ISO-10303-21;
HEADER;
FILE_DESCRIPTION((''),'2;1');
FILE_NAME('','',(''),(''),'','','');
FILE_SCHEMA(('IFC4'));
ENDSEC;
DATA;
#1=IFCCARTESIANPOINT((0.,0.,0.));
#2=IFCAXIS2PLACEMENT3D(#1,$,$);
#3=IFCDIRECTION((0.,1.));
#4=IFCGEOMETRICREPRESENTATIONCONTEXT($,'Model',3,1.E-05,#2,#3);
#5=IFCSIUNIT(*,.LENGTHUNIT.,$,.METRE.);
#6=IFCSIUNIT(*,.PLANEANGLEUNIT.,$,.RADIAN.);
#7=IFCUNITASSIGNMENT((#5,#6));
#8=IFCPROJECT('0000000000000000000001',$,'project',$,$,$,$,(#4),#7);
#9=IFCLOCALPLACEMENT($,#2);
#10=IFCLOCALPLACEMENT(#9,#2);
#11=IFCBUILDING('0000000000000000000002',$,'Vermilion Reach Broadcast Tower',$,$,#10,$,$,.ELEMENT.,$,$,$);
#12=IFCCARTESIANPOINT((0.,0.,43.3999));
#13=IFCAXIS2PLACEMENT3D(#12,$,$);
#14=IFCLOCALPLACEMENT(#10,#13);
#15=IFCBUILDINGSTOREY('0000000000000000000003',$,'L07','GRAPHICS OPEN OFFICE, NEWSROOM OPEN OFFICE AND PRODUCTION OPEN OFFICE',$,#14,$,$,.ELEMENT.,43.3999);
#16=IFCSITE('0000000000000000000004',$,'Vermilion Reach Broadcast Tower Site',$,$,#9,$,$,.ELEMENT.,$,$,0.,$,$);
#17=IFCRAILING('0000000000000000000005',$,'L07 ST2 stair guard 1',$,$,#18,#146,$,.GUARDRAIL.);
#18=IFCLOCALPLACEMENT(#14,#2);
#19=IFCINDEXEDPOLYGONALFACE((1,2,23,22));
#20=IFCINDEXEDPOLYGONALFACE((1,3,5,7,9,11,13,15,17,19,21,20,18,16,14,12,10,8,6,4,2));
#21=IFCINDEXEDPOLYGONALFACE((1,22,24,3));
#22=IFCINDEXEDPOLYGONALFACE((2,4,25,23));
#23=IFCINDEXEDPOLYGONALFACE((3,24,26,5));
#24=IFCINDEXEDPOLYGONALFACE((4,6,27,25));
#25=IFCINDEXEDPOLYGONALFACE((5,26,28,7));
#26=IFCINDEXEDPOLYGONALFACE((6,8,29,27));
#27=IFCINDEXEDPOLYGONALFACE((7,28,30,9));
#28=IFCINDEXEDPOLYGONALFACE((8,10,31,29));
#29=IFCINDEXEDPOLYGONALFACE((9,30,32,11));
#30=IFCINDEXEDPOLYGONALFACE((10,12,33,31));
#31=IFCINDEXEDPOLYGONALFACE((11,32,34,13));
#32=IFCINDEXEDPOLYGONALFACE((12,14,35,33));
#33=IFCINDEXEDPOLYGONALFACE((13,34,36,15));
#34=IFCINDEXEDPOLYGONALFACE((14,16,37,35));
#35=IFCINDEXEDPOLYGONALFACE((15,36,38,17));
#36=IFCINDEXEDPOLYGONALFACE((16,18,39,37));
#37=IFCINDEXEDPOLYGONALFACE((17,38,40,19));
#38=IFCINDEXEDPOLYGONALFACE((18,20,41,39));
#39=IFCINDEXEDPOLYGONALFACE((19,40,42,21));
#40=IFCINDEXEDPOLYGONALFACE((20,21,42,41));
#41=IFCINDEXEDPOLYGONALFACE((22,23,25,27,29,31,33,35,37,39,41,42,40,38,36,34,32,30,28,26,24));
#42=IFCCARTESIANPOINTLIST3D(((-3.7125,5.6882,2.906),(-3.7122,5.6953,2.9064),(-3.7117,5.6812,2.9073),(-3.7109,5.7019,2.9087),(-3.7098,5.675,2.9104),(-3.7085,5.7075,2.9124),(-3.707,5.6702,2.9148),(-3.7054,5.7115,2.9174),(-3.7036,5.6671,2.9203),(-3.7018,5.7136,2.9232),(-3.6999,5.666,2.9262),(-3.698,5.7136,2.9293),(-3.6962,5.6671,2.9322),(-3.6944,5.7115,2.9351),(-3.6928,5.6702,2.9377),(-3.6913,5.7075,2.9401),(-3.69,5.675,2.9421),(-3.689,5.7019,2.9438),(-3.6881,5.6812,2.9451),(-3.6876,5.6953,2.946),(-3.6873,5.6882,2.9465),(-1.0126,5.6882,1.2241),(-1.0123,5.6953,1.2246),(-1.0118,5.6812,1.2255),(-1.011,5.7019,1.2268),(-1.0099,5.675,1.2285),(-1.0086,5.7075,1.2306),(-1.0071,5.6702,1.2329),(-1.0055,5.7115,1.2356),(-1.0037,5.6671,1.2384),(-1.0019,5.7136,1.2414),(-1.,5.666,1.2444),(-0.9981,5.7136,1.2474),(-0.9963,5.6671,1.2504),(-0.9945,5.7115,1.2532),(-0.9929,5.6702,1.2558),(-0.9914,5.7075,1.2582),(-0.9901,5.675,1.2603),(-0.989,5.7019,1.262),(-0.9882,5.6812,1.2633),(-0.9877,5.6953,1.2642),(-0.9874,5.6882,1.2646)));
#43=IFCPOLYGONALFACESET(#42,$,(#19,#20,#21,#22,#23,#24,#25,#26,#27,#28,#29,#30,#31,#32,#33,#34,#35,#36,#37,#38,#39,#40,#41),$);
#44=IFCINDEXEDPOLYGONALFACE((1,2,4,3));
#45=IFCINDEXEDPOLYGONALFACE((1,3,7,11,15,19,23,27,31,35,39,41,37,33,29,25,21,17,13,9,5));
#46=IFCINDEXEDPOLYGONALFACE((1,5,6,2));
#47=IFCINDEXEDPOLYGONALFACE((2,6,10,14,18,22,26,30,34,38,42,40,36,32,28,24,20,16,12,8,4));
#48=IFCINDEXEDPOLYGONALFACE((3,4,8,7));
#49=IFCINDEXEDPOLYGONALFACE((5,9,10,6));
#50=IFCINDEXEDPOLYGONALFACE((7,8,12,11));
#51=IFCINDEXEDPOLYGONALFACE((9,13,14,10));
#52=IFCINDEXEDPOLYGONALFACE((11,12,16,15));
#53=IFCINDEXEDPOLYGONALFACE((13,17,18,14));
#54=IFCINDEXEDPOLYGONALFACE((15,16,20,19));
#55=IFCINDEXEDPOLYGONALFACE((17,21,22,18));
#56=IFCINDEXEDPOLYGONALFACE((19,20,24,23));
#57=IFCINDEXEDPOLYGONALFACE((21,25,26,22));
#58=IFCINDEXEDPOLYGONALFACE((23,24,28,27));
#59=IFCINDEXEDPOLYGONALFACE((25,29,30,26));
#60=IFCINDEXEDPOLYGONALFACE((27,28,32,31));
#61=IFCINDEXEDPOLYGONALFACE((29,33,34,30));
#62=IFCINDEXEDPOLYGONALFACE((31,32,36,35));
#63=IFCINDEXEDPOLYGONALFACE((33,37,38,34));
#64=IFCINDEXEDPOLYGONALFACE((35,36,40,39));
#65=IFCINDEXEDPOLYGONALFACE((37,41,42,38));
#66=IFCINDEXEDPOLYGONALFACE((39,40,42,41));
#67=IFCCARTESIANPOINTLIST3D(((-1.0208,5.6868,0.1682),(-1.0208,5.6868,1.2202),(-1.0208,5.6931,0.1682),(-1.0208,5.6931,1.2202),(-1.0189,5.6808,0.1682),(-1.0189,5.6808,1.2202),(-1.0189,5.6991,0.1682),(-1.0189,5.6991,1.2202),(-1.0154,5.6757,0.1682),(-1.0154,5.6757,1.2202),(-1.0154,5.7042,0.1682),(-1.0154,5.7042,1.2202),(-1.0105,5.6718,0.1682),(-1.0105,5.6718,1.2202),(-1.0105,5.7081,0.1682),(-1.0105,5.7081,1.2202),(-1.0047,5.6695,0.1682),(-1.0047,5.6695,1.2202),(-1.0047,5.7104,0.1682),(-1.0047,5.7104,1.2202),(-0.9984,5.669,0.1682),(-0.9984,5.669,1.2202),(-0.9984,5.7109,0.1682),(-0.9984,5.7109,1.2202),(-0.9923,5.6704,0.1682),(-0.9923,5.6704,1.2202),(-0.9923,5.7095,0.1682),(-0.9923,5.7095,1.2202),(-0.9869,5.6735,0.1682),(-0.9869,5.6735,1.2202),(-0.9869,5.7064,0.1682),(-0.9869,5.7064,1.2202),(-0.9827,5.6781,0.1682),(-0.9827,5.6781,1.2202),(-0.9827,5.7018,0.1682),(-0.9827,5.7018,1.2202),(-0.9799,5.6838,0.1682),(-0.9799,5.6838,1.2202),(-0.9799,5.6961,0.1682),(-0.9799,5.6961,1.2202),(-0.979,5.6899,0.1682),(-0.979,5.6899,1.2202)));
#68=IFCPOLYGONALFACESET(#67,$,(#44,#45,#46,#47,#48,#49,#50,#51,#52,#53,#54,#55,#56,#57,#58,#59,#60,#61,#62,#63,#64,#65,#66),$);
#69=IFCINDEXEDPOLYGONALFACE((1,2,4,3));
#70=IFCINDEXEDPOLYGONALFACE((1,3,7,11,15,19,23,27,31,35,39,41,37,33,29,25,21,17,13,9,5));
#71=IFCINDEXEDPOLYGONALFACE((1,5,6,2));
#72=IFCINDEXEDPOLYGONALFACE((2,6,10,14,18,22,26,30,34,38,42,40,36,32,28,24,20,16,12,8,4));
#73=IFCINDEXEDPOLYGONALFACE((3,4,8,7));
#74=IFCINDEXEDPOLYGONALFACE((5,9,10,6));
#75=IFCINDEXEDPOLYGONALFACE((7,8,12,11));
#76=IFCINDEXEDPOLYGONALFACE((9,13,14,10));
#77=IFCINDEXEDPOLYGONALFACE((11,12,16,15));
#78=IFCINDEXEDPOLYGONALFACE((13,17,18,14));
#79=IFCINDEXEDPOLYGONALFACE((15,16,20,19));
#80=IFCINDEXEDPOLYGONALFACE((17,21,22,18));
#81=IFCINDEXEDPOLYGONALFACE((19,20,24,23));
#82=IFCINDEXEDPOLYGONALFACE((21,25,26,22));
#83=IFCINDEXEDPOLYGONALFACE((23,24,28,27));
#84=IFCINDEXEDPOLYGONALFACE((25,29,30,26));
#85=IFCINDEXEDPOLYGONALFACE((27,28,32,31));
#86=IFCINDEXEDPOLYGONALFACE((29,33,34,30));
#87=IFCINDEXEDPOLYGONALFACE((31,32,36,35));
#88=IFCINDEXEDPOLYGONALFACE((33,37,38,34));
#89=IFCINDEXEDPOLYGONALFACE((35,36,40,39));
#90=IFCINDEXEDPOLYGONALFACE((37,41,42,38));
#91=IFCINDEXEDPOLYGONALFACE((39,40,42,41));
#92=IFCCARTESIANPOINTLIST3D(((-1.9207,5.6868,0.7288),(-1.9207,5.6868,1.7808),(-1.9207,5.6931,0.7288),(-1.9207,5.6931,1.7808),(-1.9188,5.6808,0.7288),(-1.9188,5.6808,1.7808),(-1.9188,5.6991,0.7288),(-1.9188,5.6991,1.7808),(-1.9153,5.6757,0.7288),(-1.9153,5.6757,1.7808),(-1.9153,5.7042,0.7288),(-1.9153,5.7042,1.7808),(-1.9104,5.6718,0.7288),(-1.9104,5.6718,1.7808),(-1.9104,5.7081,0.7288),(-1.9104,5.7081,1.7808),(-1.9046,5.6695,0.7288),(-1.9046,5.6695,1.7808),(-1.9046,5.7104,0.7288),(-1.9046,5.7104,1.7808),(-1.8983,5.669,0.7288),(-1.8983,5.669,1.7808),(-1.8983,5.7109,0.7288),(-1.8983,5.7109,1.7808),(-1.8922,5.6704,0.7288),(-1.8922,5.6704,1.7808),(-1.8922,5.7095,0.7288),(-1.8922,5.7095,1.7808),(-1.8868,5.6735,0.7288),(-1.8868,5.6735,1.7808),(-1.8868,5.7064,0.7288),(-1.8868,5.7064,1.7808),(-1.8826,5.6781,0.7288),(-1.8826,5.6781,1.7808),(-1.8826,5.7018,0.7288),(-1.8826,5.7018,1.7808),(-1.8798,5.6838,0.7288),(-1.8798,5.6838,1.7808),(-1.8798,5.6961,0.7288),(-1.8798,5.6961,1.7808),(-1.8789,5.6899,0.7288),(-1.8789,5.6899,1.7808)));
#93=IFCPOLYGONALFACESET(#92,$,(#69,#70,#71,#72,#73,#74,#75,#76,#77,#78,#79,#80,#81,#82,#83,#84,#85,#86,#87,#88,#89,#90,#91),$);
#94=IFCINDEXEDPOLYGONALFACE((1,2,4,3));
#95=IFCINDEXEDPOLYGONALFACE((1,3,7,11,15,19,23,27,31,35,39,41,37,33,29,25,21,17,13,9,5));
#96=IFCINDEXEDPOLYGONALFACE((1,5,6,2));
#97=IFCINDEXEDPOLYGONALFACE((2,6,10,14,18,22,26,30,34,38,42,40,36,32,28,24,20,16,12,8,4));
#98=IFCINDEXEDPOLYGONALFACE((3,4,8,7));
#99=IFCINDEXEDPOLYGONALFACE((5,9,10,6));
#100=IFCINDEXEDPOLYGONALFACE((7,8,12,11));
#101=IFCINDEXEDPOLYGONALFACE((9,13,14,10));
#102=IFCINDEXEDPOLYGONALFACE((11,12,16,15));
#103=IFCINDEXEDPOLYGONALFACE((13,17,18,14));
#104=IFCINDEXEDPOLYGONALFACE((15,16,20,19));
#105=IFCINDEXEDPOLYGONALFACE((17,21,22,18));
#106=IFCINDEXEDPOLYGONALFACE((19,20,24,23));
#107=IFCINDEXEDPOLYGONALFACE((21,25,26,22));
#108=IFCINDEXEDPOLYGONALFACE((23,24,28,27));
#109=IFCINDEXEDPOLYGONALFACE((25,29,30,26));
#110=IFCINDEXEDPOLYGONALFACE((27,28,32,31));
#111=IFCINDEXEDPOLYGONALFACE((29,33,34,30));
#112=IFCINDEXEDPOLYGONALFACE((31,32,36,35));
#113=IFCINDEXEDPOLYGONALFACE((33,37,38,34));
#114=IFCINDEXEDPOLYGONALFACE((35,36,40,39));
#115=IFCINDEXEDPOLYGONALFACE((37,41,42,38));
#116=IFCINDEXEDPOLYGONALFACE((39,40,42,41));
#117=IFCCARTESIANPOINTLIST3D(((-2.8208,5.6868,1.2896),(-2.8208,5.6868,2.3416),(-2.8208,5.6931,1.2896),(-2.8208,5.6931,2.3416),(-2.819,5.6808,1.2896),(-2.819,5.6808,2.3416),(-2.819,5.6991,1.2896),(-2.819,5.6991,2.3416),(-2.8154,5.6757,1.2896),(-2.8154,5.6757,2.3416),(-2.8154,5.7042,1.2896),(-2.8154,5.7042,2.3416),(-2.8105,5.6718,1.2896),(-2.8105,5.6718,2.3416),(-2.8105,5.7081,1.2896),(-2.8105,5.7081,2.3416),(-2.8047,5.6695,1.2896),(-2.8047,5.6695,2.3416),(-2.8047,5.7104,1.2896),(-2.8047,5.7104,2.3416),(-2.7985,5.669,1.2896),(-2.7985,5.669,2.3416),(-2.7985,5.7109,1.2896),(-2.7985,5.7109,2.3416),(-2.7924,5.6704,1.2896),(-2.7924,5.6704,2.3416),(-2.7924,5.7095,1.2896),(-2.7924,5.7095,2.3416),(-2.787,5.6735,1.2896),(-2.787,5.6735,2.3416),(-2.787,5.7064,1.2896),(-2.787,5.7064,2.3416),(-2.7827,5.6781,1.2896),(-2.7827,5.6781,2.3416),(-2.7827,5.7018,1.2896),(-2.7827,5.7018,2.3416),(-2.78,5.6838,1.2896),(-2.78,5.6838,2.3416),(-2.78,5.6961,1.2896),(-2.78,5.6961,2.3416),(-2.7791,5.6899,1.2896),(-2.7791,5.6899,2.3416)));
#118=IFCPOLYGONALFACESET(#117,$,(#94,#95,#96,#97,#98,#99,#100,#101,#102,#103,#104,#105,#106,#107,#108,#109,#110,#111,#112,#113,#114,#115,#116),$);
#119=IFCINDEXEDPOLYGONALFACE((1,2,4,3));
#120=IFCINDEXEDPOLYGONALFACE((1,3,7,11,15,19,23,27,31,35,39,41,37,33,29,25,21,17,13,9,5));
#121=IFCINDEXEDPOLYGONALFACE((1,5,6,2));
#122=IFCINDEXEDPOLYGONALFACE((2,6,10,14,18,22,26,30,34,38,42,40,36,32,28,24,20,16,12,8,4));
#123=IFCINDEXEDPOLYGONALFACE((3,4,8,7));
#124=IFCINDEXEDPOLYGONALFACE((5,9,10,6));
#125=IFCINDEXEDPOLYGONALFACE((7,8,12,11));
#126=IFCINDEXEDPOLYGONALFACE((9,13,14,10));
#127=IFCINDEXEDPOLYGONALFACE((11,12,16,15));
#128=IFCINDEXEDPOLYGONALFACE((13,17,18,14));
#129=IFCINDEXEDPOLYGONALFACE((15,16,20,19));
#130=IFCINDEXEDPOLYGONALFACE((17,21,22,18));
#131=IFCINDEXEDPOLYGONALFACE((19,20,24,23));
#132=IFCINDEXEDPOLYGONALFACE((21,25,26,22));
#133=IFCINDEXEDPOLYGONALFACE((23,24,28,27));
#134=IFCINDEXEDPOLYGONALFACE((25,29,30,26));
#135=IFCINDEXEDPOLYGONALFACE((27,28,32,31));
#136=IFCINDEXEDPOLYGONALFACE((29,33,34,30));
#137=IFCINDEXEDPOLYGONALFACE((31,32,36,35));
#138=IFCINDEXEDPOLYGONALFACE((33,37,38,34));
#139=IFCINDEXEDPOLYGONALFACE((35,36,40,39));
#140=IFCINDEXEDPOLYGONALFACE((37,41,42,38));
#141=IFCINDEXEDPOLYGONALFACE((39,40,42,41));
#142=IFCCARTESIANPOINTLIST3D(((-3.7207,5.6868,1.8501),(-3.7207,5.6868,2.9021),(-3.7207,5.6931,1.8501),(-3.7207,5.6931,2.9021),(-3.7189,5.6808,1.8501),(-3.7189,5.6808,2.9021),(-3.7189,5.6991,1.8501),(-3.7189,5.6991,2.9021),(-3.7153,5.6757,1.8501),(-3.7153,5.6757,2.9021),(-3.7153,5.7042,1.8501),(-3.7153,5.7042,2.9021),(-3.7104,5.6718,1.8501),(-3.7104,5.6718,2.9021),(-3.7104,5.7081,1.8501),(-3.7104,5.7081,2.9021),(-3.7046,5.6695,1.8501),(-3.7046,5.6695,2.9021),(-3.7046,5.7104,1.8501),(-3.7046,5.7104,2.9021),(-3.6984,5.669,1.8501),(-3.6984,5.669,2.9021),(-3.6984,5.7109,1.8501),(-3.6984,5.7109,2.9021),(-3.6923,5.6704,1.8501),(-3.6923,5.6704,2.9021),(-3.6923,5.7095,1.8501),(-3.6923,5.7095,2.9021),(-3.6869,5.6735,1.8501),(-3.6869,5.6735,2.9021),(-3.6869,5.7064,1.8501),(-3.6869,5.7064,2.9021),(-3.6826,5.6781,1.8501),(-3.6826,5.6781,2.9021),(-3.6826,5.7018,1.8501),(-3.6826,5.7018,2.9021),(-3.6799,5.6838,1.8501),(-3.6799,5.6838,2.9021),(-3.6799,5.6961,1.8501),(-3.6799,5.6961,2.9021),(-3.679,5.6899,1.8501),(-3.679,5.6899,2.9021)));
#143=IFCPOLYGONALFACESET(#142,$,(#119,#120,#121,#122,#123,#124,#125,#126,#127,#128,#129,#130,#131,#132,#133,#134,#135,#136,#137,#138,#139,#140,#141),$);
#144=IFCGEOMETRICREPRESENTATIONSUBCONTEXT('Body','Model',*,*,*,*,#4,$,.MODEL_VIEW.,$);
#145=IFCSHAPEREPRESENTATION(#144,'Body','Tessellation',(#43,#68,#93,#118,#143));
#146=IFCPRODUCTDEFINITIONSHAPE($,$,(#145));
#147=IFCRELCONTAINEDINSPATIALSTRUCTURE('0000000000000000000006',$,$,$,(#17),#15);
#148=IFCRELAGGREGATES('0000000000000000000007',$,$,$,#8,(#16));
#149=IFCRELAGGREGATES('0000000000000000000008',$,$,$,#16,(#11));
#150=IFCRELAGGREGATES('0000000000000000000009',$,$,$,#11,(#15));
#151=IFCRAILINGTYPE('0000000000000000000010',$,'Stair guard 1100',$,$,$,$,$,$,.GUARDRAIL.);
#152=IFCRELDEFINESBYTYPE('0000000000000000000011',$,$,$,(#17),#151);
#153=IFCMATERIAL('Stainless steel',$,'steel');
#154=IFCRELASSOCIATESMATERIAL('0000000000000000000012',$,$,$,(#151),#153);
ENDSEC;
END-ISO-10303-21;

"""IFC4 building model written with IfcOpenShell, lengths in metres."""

from ifc_helpers import new_model, si_unit, direction, frame, origin, origin_2d, place, context, subcontext, project, spatial, circle, extrude, material, type_object, element, save


model = new_model("IFC4")

# Units and contexts
model_context = context("Model", 3, precision=1e-05, world=origin(), true_north=direction((0.0, 1.0)))
body_context = subcontext(model_context, "Body", "Model", "MODEL_VIEW")
ifc_project = project(units=[si_unit("LENGTHUNIT", "METRE"), si_unit("PLANEANGLEUNIT", "RADIAN")], contexts=[model_context])

# Site, building, storey
site_placement = place(None, origin())
site = spatial("IfcSite", under=ifc_project, at=site_placement, Name="Vermilion Reach Broadcast Tower Site", CompositionType="ELEMENT", RefElevation=0.0)
building_placement = place(site_placement, origin())
building = spatial("IfcBuilding", under=site, at=building_placement, Name="Vermilion Reach Broadcast Tower", CompositionType="ELEMENT")
storey_placement = place(building_placement, frame((0.0, 0.0, 43.3999)))
storey = spatial("IfcBuildingStorey", under=building, at=storey_placement, Name="L07", Description="GRAPHICS OPEN OFFICE, NEWSROOM OPEN OFFICE AND PRODUCTION OPEN OFFICE", CompositionType="ELEMENT", Elevation=43.3999)

# Railing
ifc_material_1 = material(Name="Stainless steel", Category="steel")
railing_type_1 = type_object("IfcRailingType", Name="Stair guard 1100", PredefinedType="GUARDRAIL", material=ifc_material_1)
railing_1_placement = place(storey_placement, frame((-1.0, 5.6899, 0.1682)))
element("IfcRailing", 1, at=railing_1_placement, inside=storey, type_object=railing_type_1, Name="L07 ST2 stair guard 1", PredefinedType="GUARDRAIL", context=body_context, shape_type="SweptSolid", body=[
    extrude(circle(Radius=0.0239, at=origin_2d()), frame((0.0, 0.0, 1.0762), z_axis=(-0.848786, 0.0, 0.528736), x_axis=(0.0, -1.0, 0.0)), (0.0, 0.0, 1.0), 3.1809),
    extrude(circle(Radius=0.021, at=origin_2d()), origin(), (0.0, 0.0, 1.0), 1.052),
    extrude(circle(Radius=0.021, at=origin_2d()), frame((-0.8999, 0.0, 0.5605)), (0.0, 0.0, 1.0), 1.052),
    extrude(circle(Radius=0.021, at=origin_2d()), frame((-1.8, 0.0, 1.1213)), (0.0, 0.0, 1.0), 1.052),
    extrude(circle(Radius=0.021, at=origin_2d()), frame((-2.7, 0.0, 1.6819)), (0.0, 0.0, 1.0), 1.052),
])

save(model, "model.ifc")
